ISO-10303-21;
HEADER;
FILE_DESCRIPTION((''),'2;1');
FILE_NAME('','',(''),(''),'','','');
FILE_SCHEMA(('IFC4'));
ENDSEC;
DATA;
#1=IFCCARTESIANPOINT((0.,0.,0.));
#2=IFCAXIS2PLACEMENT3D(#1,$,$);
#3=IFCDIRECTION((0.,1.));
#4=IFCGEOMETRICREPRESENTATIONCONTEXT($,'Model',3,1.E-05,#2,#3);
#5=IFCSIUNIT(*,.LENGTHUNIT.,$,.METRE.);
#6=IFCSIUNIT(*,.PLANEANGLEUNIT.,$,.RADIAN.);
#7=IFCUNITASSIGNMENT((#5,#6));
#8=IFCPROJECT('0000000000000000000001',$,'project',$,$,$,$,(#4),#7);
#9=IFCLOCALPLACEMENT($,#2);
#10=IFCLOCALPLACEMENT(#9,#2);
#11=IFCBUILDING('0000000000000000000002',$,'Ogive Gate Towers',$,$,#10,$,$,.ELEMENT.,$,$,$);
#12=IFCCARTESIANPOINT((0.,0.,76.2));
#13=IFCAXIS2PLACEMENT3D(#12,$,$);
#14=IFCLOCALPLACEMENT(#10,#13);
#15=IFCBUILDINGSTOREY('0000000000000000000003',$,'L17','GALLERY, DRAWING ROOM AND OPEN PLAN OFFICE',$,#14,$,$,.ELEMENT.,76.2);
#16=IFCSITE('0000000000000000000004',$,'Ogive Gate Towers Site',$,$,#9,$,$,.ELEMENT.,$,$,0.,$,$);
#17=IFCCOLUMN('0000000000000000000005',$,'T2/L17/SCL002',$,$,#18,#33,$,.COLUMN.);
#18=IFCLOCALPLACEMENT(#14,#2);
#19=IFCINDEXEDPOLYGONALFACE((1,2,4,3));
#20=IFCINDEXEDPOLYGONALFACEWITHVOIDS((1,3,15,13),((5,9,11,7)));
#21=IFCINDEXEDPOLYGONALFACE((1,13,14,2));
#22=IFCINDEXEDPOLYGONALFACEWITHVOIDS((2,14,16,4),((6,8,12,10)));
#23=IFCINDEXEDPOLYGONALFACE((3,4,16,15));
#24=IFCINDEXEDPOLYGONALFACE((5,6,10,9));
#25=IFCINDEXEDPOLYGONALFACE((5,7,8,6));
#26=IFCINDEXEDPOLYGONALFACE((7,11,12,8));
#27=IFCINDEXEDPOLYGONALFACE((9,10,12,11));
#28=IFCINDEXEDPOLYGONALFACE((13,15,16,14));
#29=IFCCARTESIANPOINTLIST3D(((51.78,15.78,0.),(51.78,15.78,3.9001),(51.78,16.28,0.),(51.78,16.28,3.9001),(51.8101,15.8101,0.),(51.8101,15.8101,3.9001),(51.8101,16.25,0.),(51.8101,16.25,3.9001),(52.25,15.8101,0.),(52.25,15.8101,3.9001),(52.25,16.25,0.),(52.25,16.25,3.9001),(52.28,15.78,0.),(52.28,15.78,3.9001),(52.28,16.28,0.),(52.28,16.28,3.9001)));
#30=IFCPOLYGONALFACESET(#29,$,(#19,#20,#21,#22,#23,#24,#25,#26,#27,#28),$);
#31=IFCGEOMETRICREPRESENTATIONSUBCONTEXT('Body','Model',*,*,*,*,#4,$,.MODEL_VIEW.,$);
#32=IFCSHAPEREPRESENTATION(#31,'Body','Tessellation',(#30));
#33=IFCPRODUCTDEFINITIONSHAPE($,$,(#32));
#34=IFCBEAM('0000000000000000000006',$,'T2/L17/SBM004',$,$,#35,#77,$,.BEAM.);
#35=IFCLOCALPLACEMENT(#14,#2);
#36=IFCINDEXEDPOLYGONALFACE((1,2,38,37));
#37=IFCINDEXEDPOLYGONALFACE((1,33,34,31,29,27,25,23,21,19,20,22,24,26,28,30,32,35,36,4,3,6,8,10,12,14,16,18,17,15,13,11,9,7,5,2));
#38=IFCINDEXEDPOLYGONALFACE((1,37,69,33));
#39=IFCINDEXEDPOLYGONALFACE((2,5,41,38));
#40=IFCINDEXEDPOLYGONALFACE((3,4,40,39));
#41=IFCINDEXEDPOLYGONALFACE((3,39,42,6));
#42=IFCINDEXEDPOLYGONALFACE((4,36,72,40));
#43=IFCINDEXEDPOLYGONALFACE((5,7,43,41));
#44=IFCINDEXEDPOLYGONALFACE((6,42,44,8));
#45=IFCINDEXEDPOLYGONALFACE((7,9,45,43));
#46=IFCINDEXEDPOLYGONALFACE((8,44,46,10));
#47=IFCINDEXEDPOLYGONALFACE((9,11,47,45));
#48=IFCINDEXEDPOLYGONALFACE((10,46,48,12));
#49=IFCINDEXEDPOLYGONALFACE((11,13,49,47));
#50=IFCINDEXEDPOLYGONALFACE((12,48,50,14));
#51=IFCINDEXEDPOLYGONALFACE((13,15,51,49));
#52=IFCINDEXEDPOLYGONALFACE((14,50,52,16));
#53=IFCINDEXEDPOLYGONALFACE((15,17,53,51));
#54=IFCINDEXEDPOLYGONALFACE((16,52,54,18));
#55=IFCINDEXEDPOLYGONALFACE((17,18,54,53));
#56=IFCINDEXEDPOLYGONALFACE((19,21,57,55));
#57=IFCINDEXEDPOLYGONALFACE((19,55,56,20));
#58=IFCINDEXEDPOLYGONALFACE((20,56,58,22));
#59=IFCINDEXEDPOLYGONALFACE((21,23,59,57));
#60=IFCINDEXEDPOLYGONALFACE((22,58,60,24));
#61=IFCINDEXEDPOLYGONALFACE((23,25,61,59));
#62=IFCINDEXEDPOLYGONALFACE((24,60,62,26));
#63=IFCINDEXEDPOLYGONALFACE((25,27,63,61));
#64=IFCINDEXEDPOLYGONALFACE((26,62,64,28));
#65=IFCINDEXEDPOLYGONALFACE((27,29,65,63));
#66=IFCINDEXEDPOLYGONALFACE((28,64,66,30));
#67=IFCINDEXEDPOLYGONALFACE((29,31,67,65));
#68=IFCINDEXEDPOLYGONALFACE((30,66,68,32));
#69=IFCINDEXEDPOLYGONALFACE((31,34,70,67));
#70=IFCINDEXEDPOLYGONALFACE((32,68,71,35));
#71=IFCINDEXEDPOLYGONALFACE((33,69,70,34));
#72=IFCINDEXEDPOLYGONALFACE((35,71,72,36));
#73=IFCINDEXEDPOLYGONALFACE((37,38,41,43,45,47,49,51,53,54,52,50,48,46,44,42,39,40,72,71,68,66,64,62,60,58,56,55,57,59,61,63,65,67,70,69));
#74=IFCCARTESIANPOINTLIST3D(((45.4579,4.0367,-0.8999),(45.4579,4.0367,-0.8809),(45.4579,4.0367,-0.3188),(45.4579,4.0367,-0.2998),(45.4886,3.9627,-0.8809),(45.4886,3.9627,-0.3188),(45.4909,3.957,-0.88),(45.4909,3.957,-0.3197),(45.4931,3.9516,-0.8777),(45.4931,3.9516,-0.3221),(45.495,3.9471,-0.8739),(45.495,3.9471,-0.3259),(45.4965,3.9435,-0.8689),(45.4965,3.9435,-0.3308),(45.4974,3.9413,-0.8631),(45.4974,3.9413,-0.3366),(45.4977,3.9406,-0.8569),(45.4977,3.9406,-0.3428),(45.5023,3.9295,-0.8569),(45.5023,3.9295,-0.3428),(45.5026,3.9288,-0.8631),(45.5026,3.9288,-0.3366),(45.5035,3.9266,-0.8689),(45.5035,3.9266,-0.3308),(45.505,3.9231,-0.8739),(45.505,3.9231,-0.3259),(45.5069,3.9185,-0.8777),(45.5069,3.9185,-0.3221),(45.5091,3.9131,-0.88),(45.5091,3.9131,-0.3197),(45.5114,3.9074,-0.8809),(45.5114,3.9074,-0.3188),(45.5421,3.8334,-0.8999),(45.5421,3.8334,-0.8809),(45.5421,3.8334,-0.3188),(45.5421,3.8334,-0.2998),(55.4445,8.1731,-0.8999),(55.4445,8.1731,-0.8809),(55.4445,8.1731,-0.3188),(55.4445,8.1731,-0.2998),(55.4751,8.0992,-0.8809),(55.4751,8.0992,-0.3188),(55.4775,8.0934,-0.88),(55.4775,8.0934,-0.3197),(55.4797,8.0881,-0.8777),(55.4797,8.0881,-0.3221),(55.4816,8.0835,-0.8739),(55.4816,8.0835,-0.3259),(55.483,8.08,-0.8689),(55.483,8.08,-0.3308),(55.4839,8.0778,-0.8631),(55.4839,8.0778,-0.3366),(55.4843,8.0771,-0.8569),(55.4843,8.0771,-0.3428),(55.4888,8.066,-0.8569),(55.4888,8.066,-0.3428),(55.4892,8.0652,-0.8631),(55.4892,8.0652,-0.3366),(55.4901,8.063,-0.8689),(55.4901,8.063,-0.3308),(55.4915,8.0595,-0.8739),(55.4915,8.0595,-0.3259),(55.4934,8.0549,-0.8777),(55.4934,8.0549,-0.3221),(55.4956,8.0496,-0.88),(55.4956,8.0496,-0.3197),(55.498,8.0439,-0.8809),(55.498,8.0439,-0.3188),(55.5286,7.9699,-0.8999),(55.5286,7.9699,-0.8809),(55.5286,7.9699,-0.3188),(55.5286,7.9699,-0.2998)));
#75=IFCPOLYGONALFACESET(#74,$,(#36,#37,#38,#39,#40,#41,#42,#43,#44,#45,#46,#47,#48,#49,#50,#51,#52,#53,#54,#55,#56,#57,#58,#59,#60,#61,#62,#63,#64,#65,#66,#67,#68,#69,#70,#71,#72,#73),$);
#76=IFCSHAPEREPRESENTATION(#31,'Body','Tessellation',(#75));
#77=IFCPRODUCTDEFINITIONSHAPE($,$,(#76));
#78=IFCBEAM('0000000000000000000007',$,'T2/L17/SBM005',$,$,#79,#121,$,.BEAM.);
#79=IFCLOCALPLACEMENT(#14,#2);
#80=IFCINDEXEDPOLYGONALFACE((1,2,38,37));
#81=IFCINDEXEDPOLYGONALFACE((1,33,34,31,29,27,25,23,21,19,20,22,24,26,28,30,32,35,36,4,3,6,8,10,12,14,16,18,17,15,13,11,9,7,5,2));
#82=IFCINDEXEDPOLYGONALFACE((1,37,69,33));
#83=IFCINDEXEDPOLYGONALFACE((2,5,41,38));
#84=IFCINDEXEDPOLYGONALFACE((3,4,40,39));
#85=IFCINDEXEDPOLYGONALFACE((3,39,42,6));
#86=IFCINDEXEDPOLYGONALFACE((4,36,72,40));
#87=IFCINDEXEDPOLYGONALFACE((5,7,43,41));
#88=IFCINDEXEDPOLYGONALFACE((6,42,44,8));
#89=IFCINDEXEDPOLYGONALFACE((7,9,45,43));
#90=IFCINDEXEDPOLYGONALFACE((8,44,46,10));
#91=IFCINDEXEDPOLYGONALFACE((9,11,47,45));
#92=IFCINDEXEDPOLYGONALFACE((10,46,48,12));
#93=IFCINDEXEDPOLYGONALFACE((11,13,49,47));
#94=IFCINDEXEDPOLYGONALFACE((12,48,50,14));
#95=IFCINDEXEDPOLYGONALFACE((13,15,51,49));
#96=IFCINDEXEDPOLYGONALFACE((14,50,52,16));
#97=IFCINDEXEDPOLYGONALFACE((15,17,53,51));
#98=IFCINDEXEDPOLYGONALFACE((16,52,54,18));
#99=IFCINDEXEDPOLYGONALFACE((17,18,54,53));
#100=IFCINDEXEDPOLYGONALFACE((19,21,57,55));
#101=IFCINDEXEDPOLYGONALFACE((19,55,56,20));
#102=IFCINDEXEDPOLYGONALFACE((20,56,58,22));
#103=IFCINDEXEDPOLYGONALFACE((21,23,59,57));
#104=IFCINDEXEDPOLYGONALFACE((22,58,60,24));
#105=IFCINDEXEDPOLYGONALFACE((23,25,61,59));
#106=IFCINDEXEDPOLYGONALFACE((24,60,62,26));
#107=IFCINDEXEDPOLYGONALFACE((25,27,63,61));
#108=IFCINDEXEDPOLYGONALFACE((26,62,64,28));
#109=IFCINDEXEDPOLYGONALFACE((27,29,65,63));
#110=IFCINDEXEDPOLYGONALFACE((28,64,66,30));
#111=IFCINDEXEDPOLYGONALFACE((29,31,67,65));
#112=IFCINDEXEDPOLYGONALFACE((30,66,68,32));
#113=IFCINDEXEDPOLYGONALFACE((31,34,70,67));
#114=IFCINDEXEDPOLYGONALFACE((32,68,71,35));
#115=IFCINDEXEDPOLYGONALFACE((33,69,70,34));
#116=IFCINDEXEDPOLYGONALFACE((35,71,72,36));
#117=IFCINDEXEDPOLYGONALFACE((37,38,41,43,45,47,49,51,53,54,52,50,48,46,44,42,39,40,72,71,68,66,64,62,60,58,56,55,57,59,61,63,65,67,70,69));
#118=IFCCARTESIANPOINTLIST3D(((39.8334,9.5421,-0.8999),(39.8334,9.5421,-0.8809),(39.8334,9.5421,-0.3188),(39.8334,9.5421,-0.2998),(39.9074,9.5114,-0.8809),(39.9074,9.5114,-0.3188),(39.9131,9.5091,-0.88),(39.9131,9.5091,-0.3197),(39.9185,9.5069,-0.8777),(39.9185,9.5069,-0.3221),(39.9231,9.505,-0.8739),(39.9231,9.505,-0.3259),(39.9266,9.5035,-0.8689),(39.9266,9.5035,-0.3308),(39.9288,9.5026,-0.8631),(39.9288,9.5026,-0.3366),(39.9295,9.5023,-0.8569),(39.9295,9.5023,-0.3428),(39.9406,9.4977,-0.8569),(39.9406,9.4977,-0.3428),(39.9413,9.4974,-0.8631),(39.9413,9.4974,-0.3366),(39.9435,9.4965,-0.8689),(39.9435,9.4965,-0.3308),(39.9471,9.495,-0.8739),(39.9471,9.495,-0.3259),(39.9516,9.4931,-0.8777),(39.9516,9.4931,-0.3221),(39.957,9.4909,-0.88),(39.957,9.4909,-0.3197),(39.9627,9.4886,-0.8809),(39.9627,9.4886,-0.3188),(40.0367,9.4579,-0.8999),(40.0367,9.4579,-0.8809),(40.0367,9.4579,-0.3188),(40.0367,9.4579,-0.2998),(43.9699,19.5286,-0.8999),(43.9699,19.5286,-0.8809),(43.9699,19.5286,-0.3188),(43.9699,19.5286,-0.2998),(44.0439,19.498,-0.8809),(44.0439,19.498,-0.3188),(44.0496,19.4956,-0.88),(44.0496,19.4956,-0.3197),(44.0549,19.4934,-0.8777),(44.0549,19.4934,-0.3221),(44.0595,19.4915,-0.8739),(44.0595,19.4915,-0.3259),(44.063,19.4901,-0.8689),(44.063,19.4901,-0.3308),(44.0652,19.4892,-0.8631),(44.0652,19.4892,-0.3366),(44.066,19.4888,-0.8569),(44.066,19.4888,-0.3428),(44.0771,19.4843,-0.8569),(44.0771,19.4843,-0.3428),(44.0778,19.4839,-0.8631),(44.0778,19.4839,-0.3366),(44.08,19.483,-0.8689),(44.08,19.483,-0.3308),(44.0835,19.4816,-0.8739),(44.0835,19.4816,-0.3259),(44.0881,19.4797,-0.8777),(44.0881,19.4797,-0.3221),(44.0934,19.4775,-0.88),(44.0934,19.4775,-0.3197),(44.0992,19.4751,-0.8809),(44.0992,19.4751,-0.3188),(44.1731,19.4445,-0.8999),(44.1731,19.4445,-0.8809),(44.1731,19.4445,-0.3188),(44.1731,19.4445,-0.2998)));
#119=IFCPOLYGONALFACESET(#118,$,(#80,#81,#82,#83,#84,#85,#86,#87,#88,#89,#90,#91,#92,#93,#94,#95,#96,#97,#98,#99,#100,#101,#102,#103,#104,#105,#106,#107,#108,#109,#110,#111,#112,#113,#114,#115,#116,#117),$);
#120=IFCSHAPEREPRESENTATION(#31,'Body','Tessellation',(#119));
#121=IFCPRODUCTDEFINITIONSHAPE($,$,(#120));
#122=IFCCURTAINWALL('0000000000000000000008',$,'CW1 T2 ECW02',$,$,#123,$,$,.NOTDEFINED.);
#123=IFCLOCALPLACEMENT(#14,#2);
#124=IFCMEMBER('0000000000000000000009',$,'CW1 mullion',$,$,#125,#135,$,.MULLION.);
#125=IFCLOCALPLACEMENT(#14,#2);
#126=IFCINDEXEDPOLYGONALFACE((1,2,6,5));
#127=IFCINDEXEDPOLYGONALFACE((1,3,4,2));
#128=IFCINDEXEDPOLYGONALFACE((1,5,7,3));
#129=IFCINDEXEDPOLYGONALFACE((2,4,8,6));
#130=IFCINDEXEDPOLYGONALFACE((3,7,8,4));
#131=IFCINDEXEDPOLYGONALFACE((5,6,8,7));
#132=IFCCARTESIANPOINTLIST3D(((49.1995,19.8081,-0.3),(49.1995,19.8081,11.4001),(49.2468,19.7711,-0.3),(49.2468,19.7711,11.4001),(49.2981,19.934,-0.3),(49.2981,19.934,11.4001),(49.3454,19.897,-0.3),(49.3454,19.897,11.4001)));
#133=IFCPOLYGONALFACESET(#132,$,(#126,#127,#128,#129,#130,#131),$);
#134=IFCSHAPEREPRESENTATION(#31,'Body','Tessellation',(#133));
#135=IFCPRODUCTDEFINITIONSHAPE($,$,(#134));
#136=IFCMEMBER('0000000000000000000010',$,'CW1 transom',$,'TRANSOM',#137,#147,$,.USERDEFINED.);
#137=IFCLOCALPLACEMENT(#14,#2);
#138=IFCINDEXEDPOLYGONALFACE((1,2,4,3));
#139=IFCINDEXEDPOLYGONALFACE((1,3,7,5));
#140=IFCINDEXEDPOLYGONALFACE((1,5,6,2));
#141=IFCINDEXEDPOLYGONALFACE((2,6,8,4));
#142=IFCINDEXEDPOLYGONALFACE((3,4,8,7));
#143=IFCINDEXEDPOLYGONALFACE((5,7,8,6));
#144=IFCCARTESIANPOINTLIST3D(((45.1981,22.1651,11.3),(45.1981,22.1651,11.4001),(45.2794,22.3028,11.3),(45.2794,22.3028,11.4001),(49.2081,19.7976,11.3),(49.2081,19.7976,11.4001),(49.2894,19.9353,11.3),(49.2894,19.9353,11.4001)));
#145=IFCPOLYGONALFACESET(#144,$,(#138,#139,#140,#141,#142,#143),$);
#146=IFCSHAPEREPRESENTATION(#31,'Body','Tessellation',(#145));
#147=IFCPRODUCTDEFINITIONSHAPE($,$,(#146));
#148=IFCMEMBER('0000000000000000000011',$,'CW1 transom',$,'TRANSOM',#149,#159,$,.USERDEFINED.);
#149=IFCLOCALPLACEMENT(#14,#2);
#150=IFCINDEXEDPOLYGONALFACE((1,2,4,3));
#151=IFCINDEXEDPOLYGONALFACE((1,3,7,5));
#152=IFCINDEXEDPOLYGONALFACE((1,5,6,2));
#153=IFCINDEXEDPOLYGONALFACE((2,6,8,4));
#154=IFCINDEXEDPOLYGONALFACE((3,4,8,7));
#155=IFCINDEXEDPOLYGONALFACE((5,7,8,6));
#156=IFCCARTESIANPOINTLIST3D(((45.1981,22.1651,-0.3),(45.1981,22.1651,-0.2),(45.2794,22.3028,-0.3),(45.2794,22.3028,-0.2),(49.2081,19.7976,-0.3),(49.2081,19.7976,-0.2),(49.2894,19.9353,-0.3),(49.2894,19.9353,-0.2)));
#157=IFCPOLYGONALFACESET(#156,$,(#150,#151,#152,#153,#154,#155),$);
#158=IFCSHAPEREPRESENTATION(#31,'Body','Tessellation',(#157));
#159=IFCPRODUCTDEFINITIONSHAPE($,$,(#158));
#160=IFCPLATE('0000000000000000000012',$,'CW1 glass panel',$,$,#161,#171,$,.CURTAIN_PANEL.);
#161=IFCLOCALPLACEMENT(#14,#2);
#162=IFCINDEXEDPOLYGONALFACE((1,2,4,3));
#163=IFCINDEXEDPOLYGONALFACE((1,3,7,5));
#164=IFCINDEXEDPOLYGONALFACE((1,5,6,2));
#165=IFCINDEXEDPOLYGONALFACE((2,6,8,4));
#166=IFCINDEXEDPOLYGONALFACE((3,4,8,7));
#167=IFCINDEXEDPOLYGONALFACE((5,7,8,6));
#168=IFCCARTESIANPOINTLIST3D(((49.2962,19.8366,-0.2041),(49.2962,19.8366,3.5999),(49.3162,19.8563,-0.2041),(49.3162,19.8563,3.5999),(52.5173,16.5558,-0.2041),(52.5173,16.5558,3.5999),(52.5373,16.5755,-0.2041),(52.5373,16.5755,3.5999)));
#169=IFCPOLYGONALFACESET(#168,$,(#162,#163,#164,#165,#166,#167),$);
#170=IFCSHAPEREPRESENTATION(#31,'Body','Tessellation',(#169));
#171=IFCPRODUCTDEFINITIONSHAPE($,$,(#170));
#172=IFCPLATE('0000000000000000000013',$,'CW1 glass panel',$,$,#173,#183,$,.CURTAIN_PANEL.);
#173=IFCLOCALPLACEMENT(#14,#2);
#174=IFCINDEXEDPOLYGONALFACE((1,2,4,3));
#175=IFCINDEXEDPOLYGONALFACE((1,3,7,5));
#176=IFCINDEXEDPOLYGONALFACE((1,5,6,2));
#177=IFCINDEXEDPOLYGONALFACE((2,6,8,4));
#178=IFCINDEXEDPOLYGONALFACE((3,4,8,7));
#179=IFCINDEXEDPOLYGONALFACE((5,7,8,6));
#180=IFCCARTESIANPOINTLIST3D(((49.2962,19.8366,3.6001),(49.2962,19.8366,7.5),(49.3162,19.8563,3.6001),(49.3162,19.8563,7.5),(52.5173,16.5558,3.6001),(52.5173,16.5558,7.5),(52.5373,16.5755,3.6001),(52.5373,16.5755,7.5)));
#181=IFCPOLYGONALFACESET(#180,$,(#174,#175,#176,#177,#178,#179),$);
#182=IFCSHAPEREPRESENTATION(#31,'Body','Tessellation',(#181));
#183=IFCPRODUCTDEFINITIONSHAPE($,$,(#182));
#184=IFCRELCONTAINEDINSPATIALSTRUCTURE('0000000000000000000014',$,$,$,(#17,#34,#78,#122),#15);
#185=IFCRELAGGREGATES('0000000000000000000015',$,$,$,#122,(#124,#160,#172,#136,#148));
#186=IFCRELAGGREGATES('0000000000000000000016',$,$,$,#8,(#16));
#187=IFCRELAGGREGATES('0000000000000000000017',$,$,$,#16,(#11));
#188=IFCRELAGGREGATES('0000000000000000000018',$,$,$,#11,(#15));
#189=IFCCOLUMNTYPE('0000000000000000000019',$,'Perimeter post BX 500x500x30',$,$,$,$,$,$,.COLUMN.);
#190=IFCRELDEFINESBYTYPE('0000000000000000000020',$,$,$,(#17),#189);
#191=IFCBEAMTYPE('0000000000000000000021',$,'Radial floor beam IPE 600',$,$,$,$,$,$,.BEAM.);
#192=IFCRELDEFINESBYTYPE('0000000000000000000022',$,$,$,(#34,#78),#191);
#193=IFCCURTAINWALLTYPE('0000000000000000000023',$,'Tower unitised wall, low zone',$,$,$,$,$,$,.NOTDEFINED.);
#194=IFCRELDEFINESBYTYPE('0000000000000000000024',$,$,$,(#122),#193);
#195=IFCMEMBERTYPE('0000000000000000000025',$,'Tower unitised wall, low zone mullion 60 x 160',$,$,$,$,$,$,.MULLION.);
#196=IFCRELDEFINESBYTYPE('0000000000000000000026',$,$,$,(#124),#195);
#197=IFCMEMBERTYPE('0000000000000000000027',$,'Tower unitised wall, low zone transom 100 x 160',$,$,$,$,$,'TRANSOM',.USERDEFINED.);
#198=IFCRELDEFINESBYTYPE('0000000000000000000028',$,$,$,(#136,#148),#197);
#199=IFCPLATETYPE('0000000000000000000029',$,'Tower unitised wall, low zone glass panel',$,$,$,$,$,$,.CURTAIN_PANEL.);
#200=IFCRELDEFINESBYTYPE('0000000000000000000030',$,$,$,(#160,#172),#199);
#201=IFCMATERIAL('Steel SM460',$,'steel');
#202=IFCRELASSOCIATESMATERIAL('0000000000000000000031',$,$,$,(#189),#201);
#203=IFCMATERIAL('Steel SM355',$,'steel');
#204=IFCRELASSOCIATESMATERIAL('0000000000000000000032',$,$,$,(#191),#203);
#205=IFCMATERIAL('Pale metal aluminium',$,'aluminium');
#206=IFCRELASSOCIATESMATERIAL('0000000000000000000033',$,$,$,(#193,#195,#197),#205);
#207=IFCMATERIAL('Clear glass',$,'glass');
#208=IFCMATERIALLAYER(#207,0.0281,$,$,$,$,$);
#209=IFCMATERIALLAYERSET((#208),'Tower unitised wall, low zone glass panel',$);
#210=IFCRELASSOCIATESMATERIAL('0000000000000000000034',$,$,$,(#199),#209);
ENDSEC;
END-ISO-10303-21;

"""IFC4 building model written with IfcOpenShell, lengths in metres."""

from ifc_helpers import new_model, si_unit, direction, frame, origin, origin_2d, place, context, subcontext, project, spatial, rectangle, hollow_rectangle, i_section, extrude, material, layer, layer_set, material_profile, profile_set, type_object, element, aggregate, save


model = new_model("IFC4")

# Units and contexts
model_context = context("Model", 3, precision=1e-05, world=origin(), true_north=direction((0.0, 1.0)))
body_context = subcontext(model_context, "Body", "Model", "MODEL_VIEW")
ifc_project = project(units=[si_unit("LENGTHUNIT", "METRE"), si_unit("PLANEANGLEUNIT", "RADIAN")], contexts=[model_context])

# Site, building, storey
site_placement = place(None, origin())
site = spatial("IfcSite", under=ifc_project, at=site_placement, Name="Ogive Gate Towers Site", CompositionType="ELEMENT", RefElevation=0.0)
building_placement = place(site_placement, origin())
building = spatial("IfcBuilding", under=site, at=building_placement, Name="Ogive Gate Towers", CompositionType="ELEMENT")
storey_placement = place(building_placement, frame((0.0, 0.0, 76.2)))
storey = spatial("IfcBuildingStorey", under=building, at=storey_placement, Name="L17", Description="GALLERY, DRAWING ROOM AND OPEN PLAN OFFICE", CompositionType="ELEMENT", Elevation=76.2)

# Column
ifc_material_1 = material(Name="Steel SM460", Category="steel")
ifc_material_profile_1 = material_profile(ifc_material_1, hollow_rectangle(XDim=0.5, YDim=0.5, WallThickness=0.03, at=origin_2d()), Name="BX 500x500x30")
ifc_profile_set_1 = profile_set([ifc_material_profile_1], Name="Steel SM460")
column_type = type_object("IfcColumnType", Name="Perimeter post BX 500x500x30", PredefinedType="COLUMN", material=ifc_profile_set_1)
column_placement = place(storey_placement, frame((52.03, 16.03, 0.0), z_axis=(0.0, 0.0, 1.0), x_axis=(1.0, 0.0, 0.0)))
element("IfcColumn", 1, at=column_placement, inside=storey, type_object=column_type, Name="T2/L17/SCL002", PredefinedType="COLUMN", context=body_context, shape_type="SweptSolid", body=[
    extrude(hollow_rectangle(XDim=0.5, YDim=0.5, WallThickness=0.03, at=origin_2d()), origin(), (0.0, 0.0, 1.0), 3.9001),
])

# Beams
ifc_material_2 = material(Name="Steel SM355", Category="steel")
ifc_material_profile_2 = material_profile(ifc_material_2, i_section(OverallWidth=0.22, OverallDepth=0.6001, WebThickness=0.012, FlangeThickness=0.019, FilletRadius=0.0239, at=origin_2d()), Name="IPE 600")
ifc_profile_set_2 = profile_set([ifc_material_profile_2], Name="Steel SM355")
beam_type = type_object("IfcBeamType", Name="Radial floor beam IPE 600", PredefinedType="BEAM", material=ifc_profile_set_2)
for number, where, z_axis, x_axis, name in (
    (2, (45.5, 3.9351, -0.5999), (0.923883, 0.382676, 0.0), (-0.382676, 0.923883, 0.0), "T2/L17/SBM004"),
    (3, (39.9351, 9.5, -0.5999), (0.382676, 0.923883, 0.0), (-0.923883, 0.382676, 0.0), "T2/L17/SBM005"),
):
    element("IfcBeam", number, at=place(storey_placement, frame(where, z_axis=z_axis, x_axis=x_axis)), inside=storey, type_object=beam_type, Name=name, PredefinedType="BEAM", context=body_context, shape_type="SweptSolid", body=[
        extrude(i_section(OverallWidth=0.22, OverallDepth=0.6001, WebThickness=0.012, FlangeThickness=0.019, FilletRadius=0.0239, at=origin_2d()), origin(), (0.0, 0.0, 1.0), 10.8093),
    ])

# Curtain wall, members, plates
ifc_material_3 = material(Name="Pale metal aluminium", Category="aluminium")
curtain_wall_type = type_object("IfcCurtainWallType", Name="Tower unitised wall, low zone", PredefinedType="NOTDEFINED", material=ifc_material_3)
curtain_wall_placement = place(storey_placement, origin())
curtain_wall = element("IfcCurtainWall", 4, at=curtain_wall_placement, inside=storey, type_object=curtain_wall_type, Name="CW1 T2 ECW02", PredefinedType="NOTDEFINED")
ifc_material_profile_3 = material_profile(ifc_material_3, rectangle(XDim=0.1599, YDim=0.0601, at=origin_2d()), Name="60 x 160 aluminium box")
ifc_profile_set_3 = profile_set([ifc_material_profile_3], Name="Pale metal aluminium")
member_type_1 = type_object("IfcMemberType", Name="Tower unitised wall, low zone mullion 60 x 160", PredefinedType="MULLION", material=ifc_profile_set_3)
member_1_placement = place(storey_placement, frame((49.2725, 19.8525, -0.3), z_axis=(0.0, 0.0, 1.0), x_axis=(0.616239, 0.787559, 0.0)))
member_1 = element("IfcMember", 5, at=member_1_placement, type_object=member_type_1, Name="CW1 mullion", PredefinedType="MULLION", context=body_context, shape_type="SweptSolid", body=[
    extrude(rectangle(XDim=0.1599, YDim=0.0601, at=origin_2d()), origin(), (0.0, 0.0, 1.0), 11.7002),
])
ifc_material_profile_4 = material_profile(ifc_material_3, rectangle(XDim=0.1599, YDim=0.1001, at=origin_2d()), Name="100 x 160 aluminium box")
ifc_profile_set_4 = profile_set([ifc_material_profile_4], Name="Pale metal aluminium")
member_type_2 = type_object("IfcMemberType", Name="Tower unitised wall, low zone transom 100 x 160", ElementType="TRANSOM", PredefinedType="USERDEFINED", material=ifc_profile_set_4)
member_2_placement = place(storey_placement, frame((49.2488, 19.8665, 11.3501), z_axis=(-0.861126, 0.508392, 0.0), x_axis=(-0.508392, -0.861126, 0.0)))
member_2 = element("IfcMember", 6, at=member_2_placement, type_object=member_type_2, Name="CW1 transom", ObjectType="TRANSOM", PredefinedType="USERDEFINED", context=body_context, shape_type="SweptSolid", body=[
    extrude(rectangle(XDim=0.1599, YDim=0.1001, at=origin_2d()), origin(), (0.0, 0.0, 1.0), 4.6567),
])
member_3_placement = place(storey_placement, frame((49.2488, 19.8665, -0.25), z_axis=(-0.861126, 0.508392, 0.0), x_axis=(-0.508392, -0.861126, 0.0)))
member_3 = element("IfcMember", 7, at=member_3_placement, type_object=member_type_2, Name="CW1 transom", ObjectType="TRANSOM", PredefinedType="USERDEFINED", context=body_context, shape_type="SweptSolid", body=[
    extrude(rectangle(XDim=0.1599, YDim=0.1001, at=origin_2d()), origin(), (0.0, 0.0, 1.0), 4.6567),
])
ifc_material_4 = material(Name="Clear glass", Category="glass")
ifc_layer_1 = layer(ifc_material_4, 0.0281)
ifc_layer_set_1 = layer_set([ifc_layer_1], Name="Tower unitised wall, low zone glass panel")
plate_type = type_object("IfcPlateType", Name="Tower unitised wall, low zone glass panel", PredefinedType="CURTAIN_PANEL", material=ifc_layer_set_1)
plate_1_placement = place(storey_placement, frame((50.9167, 18.2061, -0.2041), z_axis=(0.0, 0.0, 1.0), x_axis=(-0.700586, 0.713568, 0.0)))
plate_1 = element("IfcPlate", 8, at=plate_1_placement, type_object=plate_type, Name="CW1 glass panel", PredefinedType="CURTAIN_PANEL", context=body_context, shape_type="SweptSolid", body=[
    extrude(rectangle(XDim=4.5977, YDim=0.0281, at=origin_2d()), origin(), (0.0, 0.0, 1.0), 3.804),
])
plate_2_placement = place(storey_placement, frame((50.9167, 18.2061, 3.6001), z_axis=(0.0, 0.0, 1.0), x_axis=(-0.700586, 0.713568, 0.0)))
plate_2 = element("IfcPlate", 9, at=plate_2_placement, type_object=plate_type, Name="CW1 glass panel", PredefinedType="CURTAIN_PANEL", context=body_context, shape_type="SweptSolid", body=[
    extrude(rectangle(XDim=4.5977, YDim=0.0281, at=origin_2d()), origin(), (0.0, 0.0, 1.0), 3.8999),
])
aggregate(curtain_wall, [member_1, plate_1, plate_2, member_2, member_3])

save(model, "model.ifc")
